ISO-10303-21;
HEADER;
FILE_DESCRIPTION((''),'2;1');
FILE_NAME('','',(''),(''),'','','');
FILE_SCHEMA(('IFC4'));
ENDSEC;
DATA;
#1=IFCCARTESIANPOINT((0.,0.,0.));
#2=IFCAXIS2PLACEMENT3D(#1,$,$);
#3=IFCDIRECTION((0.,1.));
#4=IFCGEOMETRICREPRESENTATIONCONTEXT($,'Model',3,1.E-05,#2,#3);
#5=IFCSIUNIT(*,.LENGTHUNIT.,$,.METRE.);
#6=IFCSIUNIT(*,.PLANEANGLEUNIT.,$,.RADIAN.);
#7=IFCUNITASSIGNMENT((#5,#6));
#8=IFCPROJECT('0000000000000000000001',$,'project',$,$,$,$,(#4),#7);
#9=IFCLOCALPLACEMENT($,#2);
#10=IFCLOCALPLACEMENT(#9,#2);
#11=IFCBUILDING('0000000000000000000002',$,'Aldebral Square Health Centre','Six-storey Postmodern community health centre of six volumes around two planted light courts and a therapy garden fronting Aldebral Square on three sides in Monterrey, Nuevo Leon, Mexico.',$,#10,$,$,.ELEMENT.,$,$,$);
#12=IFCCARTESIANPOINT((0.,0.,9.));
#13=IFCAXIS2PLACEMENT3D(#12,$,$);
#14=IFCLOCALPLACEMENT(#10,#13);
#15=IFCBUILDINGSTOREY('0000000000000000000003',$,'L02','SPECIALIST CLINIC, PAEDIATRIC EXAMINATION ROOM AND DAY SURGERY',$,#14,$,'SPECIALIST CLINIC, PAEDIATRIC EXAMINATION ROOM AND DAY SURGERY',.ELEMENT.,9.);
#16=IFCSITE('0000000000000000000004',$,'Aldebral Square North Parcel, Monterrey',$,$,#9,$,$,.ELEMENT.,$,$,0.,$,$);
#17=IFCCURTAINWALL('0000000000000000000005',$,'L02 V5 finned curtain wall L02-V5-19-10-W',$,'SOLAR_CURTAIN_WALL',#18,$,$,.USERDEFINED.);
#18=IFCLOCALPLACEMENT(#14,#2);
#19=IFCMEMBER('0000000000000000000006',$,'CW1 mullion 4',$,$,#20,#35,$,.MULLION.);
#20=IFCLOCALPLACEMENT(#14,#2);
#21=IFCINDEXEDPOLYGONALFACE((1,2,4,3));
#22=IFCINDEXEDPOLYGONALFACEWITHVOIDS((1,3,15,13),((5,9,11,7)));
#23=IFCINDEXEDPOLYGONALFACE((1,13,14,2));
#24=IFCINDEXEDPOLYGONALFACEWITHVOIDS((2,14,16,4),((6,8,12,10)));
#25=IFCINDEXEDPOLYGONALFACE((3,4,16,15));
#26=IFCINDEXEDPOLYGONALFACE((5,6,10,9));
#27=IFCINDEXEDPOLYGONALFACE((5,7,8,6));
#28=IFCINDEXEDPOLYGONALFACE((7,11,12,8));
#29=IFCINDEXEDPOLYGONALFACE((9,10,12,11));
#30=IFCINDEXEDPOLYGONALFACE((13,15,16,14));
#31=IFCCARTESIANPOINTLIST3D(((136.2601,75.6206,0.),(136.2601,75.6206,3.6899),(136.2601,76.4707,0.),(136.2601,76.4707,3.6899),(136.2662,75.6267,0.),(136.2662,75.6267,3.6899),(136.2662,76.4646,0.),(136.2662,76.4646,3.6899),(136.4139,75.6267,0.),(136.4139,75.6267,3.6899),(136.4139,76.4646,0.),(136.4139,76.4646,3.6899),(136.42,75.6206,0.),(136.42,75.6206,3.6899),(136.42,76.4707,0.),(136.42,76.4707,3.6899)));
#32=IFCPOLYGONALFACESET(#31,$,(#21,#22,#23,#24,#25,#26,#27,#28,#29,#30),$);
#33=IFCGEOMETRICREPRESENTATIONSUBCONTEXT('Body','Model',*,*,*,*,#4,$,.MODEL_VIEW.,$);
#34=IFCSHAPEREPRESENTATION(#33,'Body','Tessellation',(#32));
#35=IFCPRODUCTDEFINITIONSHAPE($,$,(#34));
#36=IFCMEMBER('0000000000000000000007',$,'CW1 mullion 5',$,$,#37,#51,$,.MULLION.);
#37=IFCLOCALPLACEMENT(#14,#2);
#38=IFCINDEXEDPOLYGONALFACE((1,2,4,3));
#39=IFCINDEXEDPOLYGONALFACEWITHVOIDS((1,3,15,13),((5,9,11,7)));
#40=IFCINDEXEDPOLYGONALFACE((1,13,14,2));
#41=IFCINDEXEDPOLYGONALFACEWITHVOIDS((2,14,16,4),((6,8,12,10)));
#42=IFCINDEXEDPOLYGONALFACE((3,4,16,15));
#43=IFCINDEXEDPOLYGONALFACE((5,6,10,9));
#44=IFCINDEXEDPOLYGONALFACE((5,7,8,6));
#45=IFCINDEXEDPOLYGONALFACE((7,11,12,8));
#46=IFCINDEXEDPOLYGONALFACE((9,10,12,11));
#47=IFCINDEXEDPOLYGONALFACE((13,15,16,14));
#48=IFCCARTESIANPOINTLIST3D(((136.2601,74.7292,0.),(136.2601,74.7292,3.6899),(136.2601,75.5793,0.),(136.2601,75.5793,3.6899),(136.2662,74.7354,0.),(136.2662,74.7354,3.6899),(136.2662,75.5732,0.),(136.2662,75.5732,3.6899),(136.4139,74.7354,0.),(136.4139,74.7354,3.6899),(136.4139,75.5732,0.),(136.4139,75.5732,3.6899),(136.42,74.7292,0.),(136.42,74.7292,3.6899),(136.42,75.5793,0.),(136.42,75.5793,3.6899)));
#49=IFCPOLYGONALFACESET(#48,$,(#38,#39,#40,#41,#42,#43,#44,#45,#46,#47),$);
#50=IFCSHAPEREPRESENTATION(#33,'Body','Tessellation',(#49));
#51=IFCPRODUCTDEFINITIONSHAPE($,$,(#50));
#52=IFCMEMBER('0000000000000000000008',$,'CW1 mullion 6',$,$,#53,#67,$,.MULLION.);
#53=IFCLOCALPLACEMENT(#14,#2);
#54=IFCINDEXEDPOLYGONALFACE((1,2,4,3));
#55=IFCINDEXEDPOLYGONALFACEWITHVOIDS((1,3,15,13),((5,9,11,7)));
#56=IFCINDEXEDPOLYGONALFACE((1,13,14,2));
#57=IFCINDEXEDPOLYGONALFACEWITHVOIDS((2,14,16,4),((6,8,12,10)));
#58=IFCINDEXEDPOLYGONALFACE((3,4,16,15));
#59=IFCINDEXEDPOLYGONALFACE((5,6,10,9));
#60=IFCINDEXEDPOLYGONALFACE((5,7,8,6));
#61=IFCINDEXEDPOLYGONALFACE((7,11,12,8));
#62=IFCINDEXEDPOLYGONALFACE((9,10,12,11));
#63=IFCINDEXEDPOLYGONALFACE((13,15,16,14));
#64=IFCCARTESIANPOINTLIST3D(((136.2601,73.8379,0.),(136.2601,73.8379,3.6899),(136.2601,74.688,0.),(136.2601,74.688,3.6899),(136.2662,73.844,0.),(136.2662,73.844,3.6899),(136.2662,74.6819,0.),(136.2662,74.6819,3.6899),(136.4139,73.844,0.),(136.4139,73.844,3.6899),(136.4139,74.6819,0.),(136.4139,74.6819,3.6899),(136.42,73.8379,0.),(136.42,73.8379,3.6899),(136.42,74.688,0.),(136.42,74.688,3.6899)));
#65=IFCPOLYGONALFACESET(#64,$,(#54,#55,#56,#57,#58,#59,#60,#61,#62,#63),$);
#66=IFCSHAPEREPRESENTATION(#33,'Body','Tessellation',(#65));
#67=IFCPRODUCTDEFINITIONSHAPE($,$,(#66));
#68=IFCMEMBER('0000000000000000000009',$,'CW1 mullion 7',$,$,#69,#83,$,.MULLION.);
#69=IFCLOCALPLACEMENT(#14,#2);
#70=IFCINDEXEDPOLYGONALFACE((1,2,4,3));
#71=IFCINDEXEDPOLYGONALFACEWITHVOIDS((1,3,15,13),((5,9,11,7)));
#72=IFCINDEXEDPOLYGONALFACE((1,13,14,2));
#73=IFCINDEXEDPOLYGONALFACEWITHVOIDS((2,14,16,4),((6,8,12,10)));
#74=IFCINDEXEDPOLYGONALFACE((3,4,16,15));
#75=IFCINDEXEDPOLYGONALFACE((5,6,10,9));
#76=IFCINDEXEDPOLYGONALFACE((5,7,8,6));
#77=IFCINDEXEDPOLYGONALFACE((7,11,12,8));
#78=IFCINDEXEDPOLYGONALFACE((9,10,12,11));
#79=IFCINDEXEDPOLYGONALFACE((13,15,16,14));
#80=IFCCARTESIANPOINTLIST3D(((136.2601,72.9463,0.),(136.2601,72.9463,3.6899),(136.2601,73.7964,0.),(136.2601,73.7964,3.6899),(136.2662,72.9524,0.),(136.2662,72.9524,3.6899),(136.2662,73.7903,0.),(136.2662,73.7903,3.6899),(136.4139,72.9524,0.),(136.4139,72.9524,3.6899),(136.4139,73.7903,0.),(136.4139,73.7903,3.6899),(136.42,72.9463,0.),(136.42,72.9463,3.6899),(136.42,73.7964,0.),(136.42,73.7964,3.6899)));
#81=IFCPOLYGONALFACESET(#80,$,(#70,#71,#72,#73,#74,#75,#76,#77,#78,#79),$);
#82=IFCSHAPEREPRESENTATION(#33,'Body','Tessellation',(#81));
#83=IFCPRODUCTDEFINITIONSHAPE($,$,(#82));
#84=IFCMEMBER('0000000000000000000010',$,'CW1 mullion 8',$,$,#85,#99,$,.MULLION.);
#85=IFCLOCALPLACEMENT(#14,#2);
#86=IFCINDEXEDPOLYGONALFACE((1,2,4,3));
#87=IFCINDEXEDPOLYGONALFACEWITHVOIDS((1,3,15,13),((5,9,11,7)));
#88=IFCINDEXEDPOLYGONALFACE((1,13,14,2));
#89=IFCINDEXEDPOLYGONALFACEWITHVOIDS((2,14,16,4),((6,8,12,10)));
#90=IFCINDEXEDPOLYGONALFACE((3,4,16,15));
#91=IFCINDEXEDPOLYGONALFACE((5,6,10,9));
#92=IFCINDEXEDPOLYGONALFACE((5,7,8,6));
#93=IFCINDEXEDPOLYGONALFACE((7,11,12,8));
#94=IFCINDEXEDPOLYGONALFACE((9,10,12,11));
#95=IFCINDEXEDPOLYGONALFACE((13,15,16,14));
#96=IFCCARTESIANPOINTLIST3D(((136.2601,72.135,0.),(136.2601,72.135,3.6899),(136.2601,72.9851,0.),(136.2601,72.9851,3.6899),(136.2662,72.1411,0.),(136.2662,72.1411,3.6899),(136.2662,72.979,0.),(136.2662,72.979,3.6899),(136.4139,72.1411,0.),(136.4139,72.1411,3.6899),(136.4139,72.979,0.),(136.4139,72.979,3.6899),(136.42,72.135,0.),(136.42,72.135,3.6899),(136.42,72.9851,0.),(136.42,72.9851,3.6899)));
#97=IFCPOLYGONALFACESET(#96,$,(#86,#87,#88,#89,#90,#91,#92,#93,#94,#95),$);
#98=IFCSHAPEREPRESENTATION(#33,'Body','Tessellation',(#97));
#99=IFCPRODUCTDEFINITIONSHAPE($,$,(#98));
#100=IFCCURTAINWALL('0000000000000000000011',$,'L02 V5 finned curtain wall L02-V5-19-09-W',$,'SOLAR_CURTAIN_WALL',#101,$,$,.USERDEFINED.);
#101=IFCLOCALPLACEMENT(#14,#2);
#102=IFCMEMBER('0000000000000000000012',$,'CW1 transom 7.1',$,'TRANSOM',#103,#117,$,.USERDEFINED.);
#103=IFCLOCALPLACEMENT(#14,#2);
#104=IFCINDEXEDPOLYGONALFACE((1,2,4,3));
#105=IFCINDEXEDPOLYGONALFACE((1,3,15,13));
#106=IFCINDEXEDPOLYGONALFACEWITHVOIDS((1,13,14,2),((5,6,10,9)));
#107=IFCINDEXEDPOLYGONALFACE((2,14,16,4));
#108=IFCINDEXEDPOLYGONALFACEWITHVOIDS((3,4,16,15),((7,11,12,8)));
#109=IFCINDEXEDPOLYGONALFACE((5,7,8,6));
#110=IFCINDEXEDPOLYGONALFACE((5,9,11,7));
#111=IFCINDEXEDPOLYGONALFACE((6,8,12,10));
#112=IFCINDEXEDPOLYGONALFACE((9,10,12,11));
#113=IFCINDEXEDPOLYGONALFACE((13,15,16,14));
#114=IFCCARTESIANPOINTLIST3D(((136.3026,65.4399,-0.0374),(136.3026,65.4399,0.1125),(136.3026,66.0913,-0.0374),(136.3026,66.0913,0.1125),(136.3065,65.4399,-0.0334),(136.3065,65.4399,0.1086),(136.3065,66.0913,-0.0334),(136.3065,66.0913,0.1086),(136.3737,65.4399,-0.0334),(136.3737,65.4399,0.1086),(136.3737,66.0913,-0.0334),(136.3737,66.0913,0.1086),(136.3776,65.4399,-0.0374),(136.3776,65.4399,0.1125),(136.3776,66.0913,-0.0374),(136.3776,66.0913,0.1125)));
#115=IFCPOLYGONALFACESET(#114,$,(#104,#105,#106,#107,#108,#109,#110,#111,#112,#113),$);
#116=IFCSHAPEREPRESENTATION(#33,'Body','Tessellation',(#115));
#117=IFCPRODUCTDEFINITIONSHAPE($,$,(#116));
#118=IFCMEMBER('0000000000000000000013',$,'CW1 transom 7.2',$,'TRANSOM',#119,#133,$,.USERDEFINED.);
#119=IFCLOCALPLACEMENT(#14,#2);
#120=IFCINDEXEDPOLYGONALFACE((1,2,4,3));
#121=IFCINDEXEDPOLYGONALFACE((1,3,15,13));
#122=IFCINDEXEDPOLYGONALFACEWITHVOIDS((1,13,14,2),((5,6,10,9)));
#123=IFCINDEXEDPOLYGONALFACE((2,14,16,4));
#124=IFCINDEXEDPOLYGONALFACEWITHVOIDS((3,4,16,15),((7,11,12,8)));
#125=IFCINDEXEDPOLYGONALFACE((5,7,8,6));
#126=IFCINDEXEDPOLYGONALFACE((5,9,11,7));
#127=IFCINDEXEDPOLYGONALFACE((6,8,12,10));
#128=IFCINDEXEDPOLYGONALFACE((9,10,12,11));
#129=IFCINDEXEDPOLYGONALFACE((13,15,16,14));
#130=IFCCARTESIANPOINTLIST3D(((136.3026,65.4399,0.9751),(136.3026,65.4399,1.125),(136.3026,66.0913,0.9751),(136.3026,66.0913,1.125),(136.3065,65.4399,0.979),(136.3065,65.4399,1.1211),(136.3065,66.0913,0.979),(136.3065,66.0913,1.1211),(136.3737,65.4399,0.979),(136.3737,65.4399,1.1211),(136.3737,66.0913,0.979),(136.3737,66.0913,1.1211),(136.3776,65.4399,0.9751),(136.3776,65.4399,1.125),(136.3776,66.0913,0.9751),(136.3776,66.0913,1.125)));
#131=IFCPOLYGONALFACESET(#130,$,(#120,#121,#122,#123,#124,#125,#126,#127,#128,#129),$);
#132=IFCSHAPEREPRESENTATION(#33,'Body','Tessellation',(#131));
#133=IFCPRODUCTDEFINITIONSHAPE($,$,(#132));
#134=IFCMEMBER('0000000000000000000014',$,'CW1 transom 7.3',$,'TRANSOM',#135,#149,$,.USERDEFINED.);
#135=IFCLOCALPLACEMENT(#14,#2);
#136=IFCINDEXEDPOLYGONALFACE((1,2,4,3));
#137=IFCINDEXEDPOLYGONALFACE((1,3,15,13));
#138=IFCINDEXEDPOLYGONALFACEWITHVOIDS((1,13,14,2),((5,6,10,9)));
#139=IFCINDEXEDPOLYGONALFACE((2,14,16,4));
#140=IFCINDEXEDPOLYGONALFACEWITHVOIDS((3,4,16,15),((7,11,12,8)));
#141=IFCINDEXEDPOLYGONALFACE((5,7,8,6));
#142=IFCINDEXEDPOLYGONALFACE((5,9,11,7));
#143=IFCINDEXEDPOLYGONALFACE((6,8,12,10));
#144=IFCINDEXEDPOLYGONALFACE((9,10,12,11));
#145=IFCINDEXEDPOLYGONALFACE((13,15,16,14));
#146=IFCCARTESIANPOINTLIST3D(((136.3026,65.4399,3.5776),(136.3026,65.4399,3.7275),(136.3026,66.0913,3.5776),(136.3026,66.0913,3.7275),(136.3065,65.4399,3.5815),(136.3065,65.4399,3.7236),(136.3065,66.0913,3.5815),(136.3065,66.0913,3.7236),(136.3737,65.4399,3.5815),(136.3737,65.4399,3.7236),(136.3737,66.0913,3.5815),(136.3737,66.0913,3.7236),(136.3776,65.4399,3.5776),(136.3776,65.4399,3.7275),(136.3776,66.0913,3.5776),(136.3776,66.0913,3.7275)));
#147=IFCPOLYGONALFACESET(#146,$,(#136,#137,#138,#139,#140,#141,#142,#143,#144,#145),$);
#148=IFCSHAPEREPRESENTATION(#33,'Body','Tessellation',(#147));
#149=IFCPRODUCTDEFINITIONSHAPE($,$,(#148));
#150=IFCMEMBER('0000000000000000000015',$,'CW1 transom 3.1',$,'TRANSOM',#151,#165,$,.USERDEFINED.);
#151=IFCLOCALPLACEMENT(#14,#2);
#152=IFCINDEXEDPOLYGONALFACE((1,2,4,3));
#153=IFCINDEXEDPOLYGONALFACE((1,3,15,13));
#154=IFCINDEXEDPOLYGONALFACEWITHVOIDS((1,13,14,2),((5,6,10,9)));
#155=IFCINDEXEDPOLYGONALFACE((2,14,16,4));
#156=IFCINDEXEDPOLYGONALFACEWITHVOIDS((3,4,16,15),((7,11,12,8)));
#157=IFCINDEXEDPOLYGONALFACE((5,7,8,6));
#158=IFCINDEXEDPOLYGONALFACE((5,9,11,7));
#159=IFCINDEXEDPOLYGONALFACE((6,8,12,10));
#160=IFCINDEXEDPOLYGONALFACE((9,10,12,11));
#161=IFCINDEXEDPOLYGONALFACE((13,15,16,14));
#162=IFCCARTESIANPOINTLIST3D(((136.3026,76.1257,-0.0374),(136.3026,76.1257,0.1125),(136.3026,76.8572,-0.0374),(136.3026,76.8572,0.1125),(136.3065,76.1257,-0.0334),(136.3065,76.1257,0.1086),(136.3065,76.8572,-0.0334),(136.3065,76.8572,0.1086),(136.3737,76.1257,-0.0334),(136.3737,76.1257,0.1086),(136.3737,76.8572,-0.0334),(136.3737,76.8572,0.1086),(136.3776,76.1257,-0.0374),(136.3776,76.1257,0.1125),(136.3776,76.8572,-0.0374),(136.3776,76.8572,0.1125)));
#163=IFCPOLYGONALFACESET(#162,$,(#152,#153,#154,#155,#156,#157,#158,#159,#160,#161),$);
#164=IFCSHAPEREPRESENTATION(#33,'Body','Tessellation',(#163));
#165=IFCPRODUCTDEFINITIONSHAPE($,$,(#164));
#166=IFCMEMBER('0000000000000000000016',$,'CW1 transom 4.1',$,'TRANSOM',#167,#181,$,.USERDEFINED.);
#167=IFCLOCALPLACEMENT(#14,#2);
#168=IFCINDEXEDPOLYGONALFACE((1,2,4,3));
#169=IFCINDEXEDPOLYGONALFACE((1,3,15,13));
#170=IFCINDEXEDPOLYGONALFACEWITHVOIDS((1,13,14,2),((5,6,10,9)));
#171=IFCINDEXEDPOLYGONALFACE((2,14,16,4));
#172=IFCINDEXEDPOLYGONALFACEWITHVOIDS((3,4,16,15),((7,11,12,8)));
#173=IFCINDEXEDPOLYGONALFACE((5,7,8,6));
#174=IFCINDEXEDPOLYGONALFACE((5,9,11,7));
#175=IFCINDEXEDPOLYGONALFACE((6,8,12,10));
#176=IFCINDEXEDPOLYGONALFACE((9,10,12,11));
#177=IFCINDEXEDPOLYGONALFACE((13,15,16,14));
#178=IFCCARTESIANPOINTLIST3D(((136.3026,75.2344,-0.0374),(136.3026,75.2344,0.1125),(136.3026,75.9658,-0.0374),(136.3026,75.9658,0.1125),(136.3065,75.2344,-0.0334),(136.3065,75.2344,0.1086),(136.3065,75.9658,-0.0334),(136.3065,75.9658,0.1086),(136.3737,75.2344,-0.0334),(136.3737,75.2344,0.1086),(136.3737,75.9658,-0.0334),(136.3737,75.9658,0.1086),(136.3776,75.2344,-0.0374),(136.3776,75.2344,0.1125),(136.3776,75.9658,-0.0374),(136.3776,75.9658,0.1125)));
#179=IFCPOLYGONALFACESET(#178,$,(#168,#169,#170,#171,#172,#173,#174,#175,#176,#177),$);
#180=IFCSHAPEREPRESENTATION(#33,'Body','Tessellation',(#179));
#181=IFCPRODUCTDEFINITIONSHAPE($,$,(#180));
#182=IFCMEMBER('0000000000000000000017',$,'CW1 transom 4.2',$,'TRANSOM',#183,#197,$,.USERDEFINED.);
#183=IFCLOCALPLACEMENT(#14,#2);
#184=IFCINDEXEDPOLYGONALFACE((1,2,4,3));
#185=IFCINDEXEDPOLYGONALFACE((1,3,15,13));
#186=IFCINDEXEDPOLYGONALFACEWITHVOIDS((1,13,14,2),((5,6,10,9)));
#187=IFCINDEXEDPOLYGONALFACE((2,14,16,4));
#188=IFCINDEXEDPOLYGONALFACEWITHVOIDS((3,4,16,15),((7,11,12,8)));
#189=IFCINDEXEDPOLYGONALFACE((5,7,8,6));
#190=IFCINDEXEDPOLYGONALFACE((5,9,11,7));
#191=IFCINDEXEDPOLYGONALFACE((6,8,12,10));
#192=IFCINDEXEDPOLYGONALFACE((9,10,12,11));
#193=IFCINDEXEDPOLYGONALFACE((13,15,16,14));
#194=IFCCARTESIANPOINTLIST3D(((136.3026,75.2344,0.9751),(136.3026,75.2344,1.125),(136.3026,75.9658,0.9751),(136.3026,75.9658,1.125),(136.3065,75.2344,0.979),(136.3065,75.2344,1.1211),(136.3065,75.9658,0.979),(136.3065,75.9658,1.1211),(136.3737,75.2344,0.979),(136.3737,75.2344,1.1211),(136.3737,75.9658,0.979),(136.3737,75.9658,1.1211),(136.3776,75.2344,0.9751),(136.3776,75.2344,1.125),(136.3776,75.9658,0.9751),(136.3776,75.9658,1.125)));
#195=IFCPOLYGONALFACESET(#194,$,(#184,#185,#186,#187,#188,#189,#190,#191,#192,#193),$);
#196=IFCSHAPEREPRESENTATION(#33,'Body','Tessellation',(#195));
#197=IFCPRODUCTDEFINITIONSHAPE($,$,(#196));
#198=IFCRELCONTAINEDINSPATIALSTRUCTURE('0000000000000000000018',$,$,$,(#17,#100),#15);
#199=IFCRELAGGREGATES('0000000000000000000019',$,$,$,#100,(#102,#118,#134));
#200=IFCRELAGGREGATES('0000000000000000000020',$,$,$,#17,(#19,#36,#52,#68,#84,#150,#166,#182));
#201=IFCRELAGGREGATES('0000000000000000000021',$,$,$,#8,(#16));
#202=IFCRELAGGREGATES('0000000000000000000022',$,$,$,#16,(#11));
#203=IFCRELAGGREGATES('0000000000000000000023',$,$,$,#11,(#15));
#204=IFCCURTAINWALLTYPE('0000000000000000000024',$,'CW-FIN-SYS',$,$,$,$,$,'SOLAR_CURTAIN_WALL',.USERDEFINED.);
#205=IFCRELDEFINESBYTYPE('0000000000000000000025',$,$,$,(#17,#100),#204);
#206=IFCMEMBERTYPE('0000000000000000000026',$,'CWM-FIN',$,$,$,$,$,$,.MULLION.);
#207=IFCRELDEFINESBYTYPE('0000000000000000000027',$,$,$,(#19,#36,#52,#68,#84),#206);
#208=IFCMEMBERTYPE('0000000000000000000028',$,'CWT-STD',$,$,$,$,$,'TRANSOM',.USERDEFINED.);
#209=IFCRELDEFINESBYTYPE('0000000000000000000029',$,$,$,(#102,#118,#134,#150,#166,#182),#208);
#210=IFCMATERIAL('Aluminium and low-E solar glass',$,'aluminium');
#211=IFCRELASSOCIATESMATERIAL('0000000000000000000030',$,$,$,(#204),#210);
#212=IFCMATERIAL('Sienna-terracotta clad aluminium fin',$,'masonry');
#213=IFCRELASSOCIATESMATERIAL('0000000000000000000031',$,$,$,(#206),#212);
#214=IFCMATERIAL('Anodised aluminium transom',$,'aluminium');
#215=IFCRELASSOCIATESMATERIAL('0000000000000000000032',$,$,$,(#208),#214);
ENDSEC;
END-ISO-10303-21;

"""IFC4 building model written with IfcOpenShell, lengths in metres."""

from ifc_helpers import new_model, si_unit, direction, frame, origin, origin_2d, place, context, subcontext, project, spatial, hollow_rectangle, extrude, material, material_profile, profile_set, type_object, element, aggregate, save


model = new_model("IFC4")

# Units and contexts
model_context = context("Model", 3, precision=1e-05, world=origin(), true_north=direction((0.0, 1.0)))
body_context = subcontext(model_context, "Body", "Model", "MODEL_VIEW")
ifc_project = project(units=[si_unit("LENGTHUNIT", "METRE"), si_unit("PLANEANGLEUNIT", "RADIAN")], contexts=[model_context])

# Site, building, storey
site_placement = place(None, origin())
site = spatial("IfcSite", under=ifc_project, at=site_placement, Name="Aldebral Square North Parcel, Monterrey", CompositionType="ELEMENT", RefElevation=0.0)
building_placement = place(site_placement, origin())
building = spatial("IfcBuilding", under=site, at=building_placement, Name="Aldebral Square Health Centre", Description="Six-storey Postmodern community health centre of six volumes around two planted light courts and a therapy garden fronting Aldebral Square on three sides in Monterrey, Nuevo Leon, Mexico.", CompositionType="ELEMENT")
storey_placement = place(building_placement, frame((0.0, 0.0, 9.0)))
storey = spatial("IfcBuildingStorey", under=building, at=storey_placement, Name="L02", Description="SPECIALIST CLINIC, PAEDIATRIC EXAMINATION ROOM AND DAY SURGERY", LongName="SPECIALIST CLINIC, PAEDIATRIC EXAMINATION ROOM AND DAY SURGERY", CompositionType="ELEMENT", Elevation=9.0)

# Curtain walls, members
ifc_material_1 = material(Name="Aluminium and low-E solar glass", Category="aluminium")
curtain_wall_type = type_object("IfcCurtainWallType", Name="CW-FIN-SYS", ElementType="SOLAR_CURTAIN_WALL", PredefinedType="USERDEFINED", material=ifc_material_1)
curtain_wall_1_placement = place(storey_placement, origin())
curtain_wall_1 = element("IfcCurtainWall", 1, at=curtain_wall_1_placement, inside=storey, type_object=curtain_wall_type, Name="L02 V5 finned curtain wall L02-V5-19-10-W", ObjectType="SOLAR_CURTAIN_WALL", PredefinedType="USERDEFINED")
ifc_material_2 = material(Name="Sienna-terracotta clad aluminium fin", Category="masonry")
ifc_material_profile_1 = material_profile(ifc_material_2, hollow_rectangle(XDim=0.1599, YDim=0.8501, WallThickness=0.0061, at=origin_2d()), Name="FIN 160x850x6")
ifc_profile_set_1 = profile_set([ifc_material_profile_1], Name="Sienna-terracotta clad aluminium fin")
member_type_1 = type_object("IfcMemberType", Name="CWM-FIN", PredefinedType="MULLION", material=ifc_profile_set_1)
member_1_placement = place(storey_placement, frame((136.3401, 76.0457, 0.0), z_axis=(0.0, 0.0, 1.0), x_axis=(1.0, 0.0, 0.0)))
member_1 = element("IfcMember", 2, at=member_1_placement, type_object=member_type_1, Name="CW1 mullion 4", PredefinedType="MULLION", context=body_context, shape_type="SweptSolid", body=[
    extrude(hollow_rectangle(XDim=0.1599, YDim=0.8501, WallThickness=0.0061, at=origin_2d()), origin(), (0.0, 0.0, 1.0), 3.6899),
])
member_2_placement = place(storey_placement, frame((136.3401, 75.1543, 0.0), z_axis=(0.0, 0.0, 1.0), x_axis=(1.0, 0.0, 0.0)))
member_2 = element("IfcMember", 3, at=member_2_placement, type_object=member_type_1, Name="CW1 mullion 5", PredefinedType="MULLION", context=body_context, shape_type="SweptSolid", body=[
    extrude(hollow_rectangle(XDim=0.1599, YDim=0.8501, WallThickness=0.0061, at=origin_2d()), origin(), (0.0, 0.0, 1.0), 3.6899),
])
member_3_placement = place(storey_placement, frame((136.3401, 74.2629, 0.0), z_axis=(0.0, 0.0, 1.0), x_axis=(1.0, 0.0, 0.0)))
member_3 = element("IfcMember", 4, at=member_3_placement, type_object=member_type_1, Name="CW1 mullion 6", PredefinedType="MULLION", context=body_context, shape_type="SweptSolid", body=[
    extrude(hollow_rectangle(XDim=0.1599, YDim=0.8501, WallThickness=0.0061, at=origin_2d()), origin(), (0.0, 0.0, 1.0), 3.6899),
])
member_4_placement = place(storey_placement, frame((136.3401, 73.3713, 0.0), z_axis=(0.0, 0.0, 1.0), x_axis=(1.0, 0.0, 0.0)))
member_4 = element("IfcMember", 5, at=member_4_placement, type_object=member_type_1, Name="CW1 mullion 7", PredefinedType="MULLION", context=body_context, shape_type="SweptSolid", body=[
    extrude(hollow_rectangle(XDim=0.1599, YDim=0.8501, WallThickness=0.0061, at=origin_2d()), origin(), (0.0, 0.0, 1.0), 3.6899),
])
member_5_placement = place(storey_placement, frame((136.3401, 72.5601, 0.0), z_axis=(0.0, 0.0, 1.0), x_axis=(1.0, 0.0, 0.0)))
member_5 = element("IfcMember", 6, at=member_5_placement, type_object=member_type_1, Name="CW1 mullion 8", PredefinedType="MULLION", context=body_context, shape_type="SweptSolid", body=[
    extrude(hollow_rectangle(XDim=0.1599, YDim=0.8501, WallThickness=0.0061, at=origin_2d()), origin(), (0.0, 0.0, 1.0), 3.6899),
])
curtain_wall_2_placement = place(storey_placement, origin())
curtain_wall_2 = element("IfcCurtainWall", 7, at=curtain_wall_2_placement, inside=storey, type_object=curtain_wall_type, Name="L02 V5 finned curtain wall L02-V5-19-09-W", ObjectType="SOLAR_CURTAIN_WALL", PredefinedType="USERDEFINED")
ifc_material_3 = material(Name="Anodised aluminium transom", Category="aluminium")
ifc_material_profile_2 = material_profile(ifc_material_3, hollow_rectangle(XDim=0.075, YDim=0.1499, WallThickness=0.0039, at=origin_2d()), Name="CWT 75x150x4")
ifc_profile_set_2 = profile_set([ifc_material_profile_2], Name="Anodised aluminium transom")
member_type_2 = type_object("IfcMemberType", Name="CWT-STD", ElementType="TRANSOM", PredefinedType="USERDEFINED", material=ifc_profile_set_2)
member_6_placement = place(storey_placement, frame((136.3401, 66.0913, 0.0376), z_axis=(0.0, -1.0, 0.0), x_axis=(1.0, 0.0, 0.0)))
member_6 = element("IfcMember", 8, at=member_6_placement, type_object=member_type_2, Name="CW1 transom 7.1", ObjectType="TRANSOM", PredefinedType="USERDEFINED", context=body_context, shape_type="SweptSolid", body=[
    extrude(hollow_rectangle(XDim=0.075, YDim=0.1499, WallThickness=0.0039, at=origin_2d()), origin(), (0.0, 0.0, 1.0), 0.6514),
])
member_7_placement = place(storey_placement, frame((136.3401, 66.0913, 1.05), z_axis=(0.0, -1.0, 0.0), x_axis=(1.0, 0.0, 0.0)))
member_7 = element("IfcMember", 9, at=member_7_placement, type_object=member_type_2, Name="CW1 transom 7.2", ObjectType="TRANSOM", PredefinedType="USERDEFINED", context=body_context, shape_type="SweptSolid", body=[
    extrude(hollow_rectangle(XDim=0.075, YDim=0.1499, WallThickness=0.0039, at=origin_2d()), origin(), (0.0, 0.0, 1.0), 0.6514),
])
member_8_placement = place(storey_placement, frame((136.3401, 66.0913, 3.6526), z_axis=(0.0, -1.0, 0.0), x_axis=(1.0, 0.0, 0.0)))
member_8 = element("IfcMember", 10, at=member_8_placement, type_object=member_type_2, Name="CW1 transom 7.3", ObjectType="TRANSOM", PredefinedType="USERDEFINED", context=body_context, shape_type="SweptSolid", body=[
    extrude(hollow_rectangle(XDim=0.075, YDim=0.1499, WallThickness=0.0039, at=origin_2d()), origin(), (0.0, 0.0, 1.0), 0.6514),
])

# Members
member_9_placement = place(storey_placement, frame((136.3401, 76.8572, 0.0376), z_axis=(0.0, -1.0, 0.0), x_axis=(1.0, 0.0, 0.0)))
member_9 = element("IfcMember", 11, at=member_9_placement, type_object=member_type_2, Name="CW1 transom 3.1", ObjectType="TRANSOM", PredefinedType="USERDEFINED", context=body_context, shape_type="SweptSolid", body=[
    extrude(hollow_rectangle(XDim=0.075, YDim=0.1499, WallThickness=0.0039, at=origin_2d()), origin(), (0.0, 0.0, 1.0), 0.7314),
])
member_10_placement = place(storey_placement, frame((136.3401, 75.9658, 0.0376), z_axis=(0.0, -1.0, 0.0), x_axis=(1.0, 0.0, 0.0)))
member_10 = element("IfcMember", 12, at=member_10_placement, type_object=member_type_2, Name="CW1 transom 4.1", ObjectType="TRANSOM", PredefinedType="USERDEFINED", context=body_context, shape_type="SweptSolid", body=[
    extrude(hollow_rectangle(XDim=0.075, YDim=0.1499, WallThickness=0.0039, at=origin_2d()), origin(), (0.0, 0.0, 1.0), 0.7314),
])
member_11_placement = place(storey_placement, frame((136.3401, 75.9658, 1.05), z_axis=(0.0, -1.0, 0.0), x_axis=(1.0, 0.0, 0.0)))
member_11 = element("IfcMember", 13, at=member_11_placement, type_object=member_type_2, Name="CW1 transom 4.2", ObjectType="TRANSOM", PredefinedType="USERDEFINED", context=body_context, shape_type="SweptSolid", body=[
    extrude(hollow_rectangle(XDim=0.075, YDim=0.1499, WallThickness=0.0039, at=origin_2d()), origin(), (0.0, 0.0, 1.0), 0.7314),
])

aggregate(curtain_wall_2, [member_6, member_7, member_8])
aggregate(curtain_wall_1, [member_1, member_2, member_3, member_4, member_5, member_9, member_10, member_11])

save(model, "model.ifc")
